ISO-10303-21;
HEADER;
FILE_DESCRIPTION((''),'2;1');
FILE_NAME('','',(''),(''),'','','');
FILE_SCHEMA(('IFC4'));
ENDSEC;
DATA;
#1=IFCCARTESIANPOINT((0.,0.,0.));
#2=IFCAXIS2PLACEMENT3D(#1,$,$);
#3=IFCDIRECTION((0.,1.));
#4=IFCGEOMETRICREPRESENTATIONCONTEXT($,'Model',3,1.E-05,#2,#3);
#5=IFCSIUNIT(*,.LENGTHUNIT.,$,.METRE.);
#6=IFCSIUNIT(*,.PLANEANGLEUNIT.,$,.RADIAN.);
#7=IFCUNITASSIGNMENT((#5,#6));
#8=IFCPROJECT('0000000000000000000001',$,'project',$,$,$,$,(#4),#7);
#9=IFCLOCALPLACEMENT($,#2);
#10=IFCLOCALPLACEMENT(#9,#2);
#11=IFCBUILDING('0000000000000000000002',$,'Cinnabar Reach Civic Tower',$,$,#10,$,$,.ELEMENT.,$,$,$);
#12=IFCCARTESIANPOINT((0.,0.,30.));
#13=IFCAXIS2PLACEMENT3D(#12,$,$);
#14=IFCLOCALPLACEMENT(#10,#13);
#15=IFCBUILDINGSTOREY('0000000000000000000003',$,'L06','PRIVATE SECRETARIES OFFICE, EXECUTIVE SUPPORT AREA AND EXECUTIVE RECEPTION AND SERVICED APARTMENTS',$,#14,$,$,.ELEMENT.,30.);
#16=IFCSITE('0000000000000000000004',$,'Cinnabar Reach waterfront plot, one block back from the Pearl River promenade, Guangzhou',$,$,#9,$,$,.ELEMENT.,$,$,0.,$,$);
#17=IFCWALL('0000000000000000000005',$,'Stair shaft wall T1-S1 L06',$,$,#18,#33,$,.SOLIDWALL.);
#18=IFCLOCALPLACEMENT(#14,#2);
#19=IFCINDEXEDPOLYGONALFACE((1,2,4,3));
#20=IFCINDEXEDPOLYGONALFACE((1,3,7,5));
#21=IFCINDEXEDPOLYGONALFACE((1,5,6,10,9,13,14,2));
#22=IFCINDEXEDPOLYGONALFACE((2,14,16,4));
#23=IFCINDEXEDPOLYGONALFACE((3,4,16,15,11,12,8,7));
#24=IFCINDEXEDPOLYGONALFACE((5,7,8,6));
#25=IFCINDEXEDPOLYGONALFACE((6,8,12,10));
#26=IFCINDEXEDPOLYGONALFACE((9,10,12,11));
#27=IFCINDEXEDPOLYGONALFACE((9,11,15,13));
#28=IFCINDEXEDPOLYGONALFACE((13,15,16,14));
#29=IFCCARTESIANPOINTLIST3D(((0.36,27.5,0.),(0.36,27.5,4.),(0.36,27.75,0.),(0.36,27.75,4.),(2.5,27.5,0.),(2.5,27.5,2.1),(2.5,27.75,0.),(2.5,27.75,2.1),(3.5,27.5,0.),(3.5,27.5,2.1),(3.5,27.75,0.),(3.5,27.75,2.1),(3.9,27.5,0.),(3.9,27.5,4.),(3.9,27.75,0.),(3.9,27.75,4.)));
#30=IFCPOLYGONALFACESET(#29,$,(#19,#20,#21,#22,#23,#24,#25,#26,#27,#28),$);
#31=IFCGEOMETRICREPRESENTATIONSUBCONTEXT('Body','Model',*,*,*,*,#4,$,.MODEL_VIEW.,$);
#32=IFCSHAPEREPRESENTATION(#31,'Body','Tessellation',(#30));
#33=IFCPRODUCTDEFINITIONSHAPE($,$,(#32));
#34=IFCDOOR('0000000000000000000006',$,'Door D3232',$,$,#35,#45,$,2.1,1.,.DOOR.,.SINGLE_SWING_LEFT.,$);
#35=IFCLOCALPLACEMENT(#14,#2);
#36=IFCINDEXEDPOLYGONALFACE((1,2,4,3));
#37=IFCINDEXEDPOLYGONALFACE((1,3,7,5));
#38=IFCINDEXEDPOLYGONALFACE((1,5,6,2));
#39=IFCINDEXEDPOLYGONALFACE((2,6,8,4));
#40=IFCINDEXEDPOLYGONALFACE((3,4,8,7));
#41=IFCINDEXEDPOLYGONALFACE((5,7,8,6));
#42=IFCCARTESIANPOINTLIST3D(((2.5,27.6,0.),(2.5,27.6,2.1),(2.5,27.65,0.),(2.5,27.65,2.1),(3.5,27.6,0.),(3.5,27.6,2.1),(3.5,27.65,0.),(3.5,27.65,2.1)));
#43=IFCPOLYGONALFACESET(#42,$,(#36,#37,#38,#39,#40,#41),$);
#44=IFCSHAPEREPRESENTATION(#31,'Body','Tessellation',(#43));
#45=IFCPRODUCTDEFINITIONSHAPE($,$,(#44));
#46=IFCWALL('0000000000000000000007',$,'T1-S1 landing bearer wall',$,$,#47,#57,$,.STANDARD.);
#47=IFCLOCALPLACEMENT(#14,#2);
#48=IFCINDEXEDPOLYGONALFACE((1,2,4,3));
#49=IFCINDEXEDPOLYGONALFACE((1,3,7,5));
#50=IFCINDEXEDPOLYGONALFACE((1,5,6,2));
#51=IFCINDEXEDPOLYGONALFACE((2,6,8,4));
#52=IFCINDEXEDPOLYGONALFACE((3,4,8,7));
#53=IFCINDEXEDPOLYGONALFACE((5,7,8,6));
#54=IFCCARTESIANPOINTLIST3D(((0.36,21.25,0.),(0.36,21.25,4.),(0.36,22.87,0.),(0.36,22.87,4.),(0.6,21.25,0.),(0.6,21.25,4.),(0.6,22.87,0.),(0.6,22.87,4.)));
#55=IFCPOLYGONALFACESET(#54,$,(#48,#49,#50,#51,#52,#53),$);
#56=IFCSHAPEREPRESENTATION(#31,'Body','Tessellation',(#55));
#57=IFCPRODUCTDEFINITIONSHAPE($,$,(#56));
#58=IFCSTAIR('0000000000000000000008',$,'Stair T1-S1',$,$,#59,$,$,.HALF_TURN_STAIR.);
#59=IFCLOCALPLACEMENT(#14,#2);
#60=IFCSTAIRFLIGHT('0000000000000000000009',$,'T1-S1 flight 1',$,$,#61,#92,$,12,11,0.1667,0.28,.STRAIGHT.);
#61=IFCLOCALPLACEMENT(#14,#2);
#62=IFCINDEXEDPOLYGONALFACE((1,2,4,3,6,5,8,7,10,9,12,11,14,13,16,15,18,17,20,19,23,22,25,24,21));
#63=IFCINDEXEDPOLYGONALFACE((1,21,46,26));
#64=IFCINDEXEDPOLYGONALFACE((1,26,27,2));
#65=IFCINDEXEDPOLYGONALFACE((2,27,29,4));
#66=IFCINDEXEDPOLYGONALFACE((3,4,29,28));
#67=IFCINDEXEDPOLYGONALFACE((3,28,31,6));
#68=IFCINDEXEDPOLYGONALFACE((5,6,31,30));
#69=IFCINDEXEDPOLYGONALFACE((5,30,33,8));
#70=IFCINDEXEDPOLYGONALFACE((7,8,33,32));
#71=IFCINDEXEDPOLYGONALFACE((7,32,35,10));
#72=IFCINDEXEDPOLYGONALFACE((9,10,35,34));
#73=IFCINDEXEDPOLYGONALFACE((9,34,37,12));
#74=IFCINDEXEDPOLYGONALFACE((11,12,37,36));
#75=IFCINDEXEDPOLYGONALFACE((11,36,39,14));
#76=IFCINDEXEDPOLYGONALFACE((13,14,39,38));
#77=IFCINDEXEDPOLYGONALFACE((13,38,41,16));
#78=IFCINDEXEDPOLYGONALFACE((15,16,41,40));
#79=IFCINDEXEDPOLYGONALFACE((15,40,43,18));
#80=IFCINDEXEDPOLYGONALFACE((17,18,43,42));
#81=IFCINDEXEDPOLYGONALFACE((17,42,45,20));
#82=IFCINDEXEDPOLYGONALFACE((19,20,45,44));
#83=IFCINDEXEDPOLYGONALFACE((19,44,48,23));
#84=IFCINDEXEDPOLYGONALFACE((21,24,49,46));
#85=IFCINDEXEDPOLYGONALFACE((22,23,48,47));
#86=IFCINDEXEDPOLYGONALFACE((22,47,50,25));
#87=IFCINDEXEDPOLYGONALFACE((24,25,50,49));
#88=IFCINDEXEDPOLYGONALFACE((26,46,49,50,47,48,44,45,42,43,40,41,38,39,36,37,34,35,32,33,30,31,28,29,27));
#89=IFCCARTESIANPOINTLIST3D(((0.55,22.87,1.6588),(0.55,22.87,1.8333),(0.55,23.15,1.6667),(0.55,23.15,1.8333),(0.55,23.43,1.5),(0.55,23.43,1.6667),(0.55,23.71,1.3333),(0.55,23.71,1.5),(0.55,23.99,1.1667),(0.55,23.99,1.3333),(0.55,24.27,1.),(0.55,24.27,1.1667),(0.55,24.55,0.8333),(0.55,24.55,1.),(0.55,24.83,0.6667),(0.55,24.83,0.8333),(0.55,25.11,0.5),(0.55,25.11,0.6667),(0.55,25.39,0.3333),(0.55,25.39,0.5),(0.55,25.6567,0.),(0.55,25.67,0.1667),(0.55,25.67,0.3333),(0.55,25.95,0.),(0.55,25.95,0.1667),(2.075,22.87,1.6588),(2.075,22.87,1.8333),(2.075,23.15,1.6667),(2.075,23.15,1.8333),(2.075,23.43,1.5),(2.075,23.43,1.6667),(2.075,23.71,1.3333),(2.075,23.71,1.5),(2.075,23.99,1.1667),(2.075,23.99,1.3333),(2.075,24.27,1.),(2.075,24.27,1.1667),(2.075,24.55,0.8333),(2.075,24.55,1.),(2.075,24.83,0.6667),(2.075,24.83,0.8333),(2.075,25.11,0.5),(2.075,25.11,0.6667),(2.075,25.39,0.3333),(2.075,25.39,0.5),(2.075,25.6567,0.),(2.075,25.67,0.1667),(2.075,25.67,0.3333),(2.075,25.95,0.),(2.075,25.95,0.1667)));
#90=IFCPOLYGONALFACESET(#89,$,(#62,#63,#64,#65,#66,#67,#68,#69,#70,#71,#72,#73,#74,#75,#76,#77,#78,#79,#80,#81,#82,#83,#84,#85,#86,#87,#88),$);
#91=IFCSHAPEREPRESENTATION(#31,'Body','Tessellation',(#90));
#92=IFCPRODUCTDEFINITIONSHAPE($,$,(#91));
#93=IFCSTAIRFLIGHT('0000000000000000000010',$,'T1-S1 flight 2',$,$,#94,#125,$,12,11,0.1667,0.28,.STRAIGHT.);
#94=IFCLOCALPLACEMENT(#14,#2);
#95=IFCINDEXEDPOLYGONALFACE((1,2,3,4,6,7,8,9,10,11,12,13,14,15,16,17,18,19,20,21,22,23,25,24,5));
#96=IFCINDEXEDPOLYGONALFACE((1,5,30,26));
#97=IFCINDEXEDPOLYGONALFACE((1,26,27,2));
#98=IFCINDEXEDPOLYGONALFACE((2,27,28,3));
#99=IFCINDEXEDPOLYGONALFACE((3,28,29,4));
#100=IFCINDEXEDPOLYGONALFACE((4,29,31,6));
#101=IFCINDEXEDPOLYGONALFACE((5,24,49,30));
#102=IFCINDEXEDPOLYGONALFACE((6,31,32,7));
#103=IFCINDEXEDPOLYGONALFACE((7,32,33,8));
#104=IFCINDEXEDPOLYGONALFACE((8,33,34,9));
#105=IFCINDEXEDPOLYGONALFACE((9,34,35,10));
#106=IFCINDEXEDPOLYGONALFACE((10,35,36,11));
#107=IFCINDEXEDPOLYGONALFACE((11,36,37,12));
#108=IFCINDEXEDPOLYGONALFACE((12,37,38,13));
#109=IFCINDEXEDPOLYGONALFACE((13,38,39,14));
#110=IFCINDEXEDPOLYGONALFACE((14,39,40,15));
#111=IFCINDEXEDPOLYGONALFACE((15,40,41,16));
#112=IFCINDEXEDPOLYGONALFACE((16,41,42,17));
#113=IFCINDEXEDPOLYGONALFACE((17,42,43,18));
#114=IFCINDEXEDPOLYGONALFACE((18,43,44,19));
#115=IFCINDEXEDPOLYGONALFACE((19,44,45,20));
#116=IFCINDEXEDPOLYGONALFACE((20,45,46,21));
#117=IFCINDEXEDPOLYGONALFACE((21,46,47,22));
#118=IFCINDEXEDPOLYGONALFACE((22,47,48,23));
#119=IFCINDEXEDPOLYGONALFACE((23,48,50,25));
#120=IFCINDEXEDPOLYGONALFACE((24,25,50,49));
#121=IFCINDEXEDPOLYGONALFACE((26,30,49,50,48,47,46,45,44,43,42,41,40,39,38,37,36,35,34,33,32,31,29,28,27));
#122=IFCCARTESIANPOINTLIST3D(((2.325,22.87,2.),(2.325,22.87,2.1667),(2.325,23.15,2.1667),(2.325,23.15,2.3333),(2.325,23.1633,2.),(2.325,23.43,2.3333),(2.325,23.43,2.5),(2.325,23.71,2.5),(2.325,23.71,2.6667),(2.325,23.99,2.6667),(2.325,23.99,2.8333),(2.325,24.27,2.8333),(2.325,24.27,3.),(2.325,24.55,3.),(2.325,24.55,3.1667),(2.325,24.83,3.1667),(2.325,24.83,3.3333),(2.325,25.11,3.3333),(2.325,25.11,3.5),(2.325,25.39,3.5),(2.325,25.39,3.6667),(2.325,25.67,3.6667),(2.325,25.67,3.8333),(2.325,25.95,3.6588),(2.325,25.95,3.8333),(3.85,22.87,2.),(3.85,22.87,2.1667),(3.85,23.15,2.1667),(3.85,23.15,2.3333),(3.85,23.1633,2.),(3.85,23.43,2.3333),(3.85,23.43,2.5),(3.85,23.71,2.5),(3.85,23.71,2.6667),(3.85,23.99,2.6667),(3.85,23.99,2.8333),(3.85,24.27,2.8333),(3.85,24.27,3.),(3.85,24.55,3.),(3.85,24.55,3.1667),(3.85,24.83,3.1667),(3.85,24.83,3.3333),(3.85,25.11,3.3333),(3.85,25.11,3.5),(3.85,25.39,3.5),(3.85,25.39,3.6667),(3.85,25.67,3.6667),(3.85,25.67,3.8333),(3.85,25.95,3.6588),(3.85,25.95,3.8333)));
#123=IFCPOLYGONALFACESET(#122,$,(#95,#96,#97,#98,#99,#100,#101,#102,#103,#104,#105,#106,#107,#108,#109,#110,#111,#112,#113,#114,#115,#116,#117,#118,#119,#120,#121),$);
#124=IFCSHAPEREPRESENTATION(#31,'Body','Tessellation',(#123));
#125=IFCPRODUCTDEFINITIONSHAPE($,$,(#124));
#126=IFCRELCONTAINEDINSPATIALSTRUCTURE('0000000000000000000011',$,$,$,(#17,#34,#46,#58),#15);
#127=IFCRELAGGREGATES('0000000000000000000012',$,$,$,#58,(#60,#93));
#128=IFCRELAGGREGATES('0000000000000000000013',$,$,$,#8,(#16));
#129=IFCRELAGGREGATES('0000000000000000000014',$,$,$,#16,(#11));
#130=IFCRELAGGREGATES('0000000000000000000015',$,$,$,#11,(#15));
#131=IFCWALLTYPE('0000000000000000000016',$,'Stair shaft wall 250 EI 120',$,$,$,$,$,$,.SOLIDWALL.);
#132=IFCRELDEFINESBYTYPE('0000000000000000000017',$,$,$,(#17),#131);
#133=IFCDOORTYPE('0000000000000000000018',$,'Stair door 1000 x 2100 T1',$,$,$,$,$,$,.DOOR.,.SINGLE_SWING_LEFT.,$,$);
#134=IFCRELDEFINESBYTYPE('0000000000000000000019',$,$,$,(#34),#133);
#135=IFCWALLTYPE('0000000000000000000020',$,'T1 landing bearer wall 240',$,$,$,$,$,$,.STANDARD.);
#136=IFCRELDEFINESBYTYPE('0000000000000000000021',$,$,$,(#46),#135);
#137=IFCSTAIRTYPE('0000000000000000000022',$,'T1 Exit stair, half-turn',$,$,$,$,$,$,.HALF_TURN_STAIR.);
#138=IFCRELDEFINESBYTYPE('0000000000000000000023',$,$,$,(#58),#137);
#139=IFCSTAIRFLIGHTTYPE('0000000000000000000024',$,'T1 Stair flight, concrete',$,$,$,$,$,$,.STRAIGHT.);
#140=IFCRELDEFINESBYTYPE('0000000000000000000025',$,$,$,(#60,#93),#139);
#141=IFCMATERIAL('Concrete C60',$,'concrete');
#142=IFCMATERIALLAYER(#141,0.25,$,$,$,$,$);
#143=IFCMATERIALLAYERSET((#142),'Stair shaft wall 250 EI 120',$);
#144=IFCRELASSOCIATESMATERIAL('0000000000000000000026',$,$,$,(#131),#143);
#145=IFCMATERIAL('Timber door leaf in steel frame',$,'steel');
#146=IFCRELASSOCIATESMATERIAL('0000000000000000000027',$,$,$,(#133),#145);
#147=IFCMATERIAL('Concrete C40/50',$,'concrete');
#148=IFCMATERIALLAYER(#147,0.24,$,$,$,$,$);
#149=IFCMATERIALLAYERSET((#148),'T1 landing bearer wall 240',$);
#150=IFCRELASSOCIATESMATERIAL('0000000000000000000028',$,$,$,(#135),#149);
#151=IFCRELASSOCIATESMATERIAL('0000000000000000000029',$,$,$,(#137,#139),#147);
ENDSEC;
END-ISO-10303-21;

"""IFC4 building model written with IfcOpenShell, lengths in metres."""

from ifc_helpers import new_model, si_unit, direction, frame, frame_2d, origin, place, context, subcontext, project, spatial, polyline, rectangle, outline, extrude, material, layer, layer_set, type_object, element, fill, aggregate, save


model = new_model("IFC4")

# Units and contexts
model_context = context("Model", 3, precision=1e-05, world=origin(), true_north=direction((0.0, 1.0)))
body_context = subcontext(model_context, "Body", "Model", "MODEL_VIEW")
ifc_project = project(units=[si_unit("LENGTHUNIT", "METRE"), si_unit("PLANEANGLEUNIT", "RADIAN")], contexts=[model_context])

# Site, building, storey
site_placement = place(None, origin())
site = spatial("IfcSite", under=ifc_project, at=site_placement, Name="Cinnabar Reach waterfront plot, one block back from the Pearl River promenade, Guangzhou", CompositionType="ELEMENT", RefElevation=0.0)
building_placement = place(site_placement, origin())
building = spatial("IfcBuilding", under=site, at=building_placement, Name="Cinnabar Reach Civic Tower", CompositionType="ELEMENT")
storey_placement = place(building_placement, frame((0.0, 0.0, 30.0)))
storey = spatial("IfcBuildingStorey", under=building, at=storey_placement, Name="L06", Description="PRIVATE SECRETARIES OFFICE, EXECUTIVE SUPPORT AREA AND EXECUTIVE RECEPTION AND SERVICED APARTMENTS", CompositionType="ELEMENT", Elevation=30.0)

# Shared definitions
ifc_material_1 = material(Name="Concrete C60", Category="concrete")
ifc_layer_1 = layer(ifc_material_1, 0.25)
ifc_layer_set_1 = layer_set([ifc_layer_1], Name="Stair shaft wall 250 EI 120")
wall_type_1 = type_object("IfcWallType", Name="Stair shaft wall 250 EI 120", PredefinedType="SOLIDWALL", material=ifc_layer_set_1)

# Wall, opening, door
wall_1_placement = place(storey_placement, frame((3.9, 27.625, 0.0), z_axis=(0.0, 0.0, 1.0), x_axis=(-1.0, 0.0, 0.0)))
wall_1 = element("IfcWall", 1, at=wall_1_placement, inside=storey, type_object=wall_type_1, Name="Stair shaft wall T1-S1 L06", PredefinedType="SOLIDWALL", context=body_context, shape_type="SweptSolid", body=[
    extrude(rectangle(XDim=3.54, YDim=0.25, at=frame_2d((1.77, 0.0))), origin(), (0.0, 0.0, 1.0), 4.0),
])
opening_1_placement = place(wall_1_placement, frame((0.4, 0.0, 0.0)))
opening_1 = element("IfcOpeningElement", 2, at=opening_1_placement, cuts=wall_1, PredefinedType="OPENING", context=body_context, shape_type="SweptSolid", body=[
    extrude(rectangle(XDim=1.0, YDim=2.1, at=frame_2d((0.5, 1.05))), frame((0.0, 0.135, 0.0), z_axis=(0.0, -1.0, 0.0), x_axis=(1.0, 0.0, 0.0)), (0.0, 0.0, 1.0), 0.27),
])
ifc_material_2 = material(Name="Timber door leaf in steel frame", Category="steel")
door_type_1 = type_object("IfcDoorType", Name="Stair door 1000 x 2100 T1", OperationType="SINGLE_SWING_LEFT", PredefinedType="DOOR", material=ifc_material_2)
door_1_placement = place(opening_1_placement, origin())
door_1 = element("IfcDoor", 3, at=door_1_placement, inside=storey, type_object=door_type_1, Name="Door D3232", OperationType="SINGLE_SWING_LEFT", OverallHeight=2.1, OverallWidth=1.0, PredefinedType="DOOR", context=body_context, shape_type="SweptSolid", body=[
    extrude(rectangle(XDim=1.0, YDim=2.1, at=frame_2d((0.5, 1.05))), frame((0.0, 0.025, 0.0), z_axis=(0.0, -1.0, 0.0), x_axis=(1.0, 0.0, 0.0)), (0.0, 0.0, 1.0), 0.05),
])
fill(opening_1, door_1)

# Wall
ifc_material_3 = material(Name="Concrete C40/50", Category="concrete")
ifc_layer_2 = layer(ifc_material_3, 0.24)
ifc_layer_set_2 = layer_set([ifc_layer_2], Name="T1 landing bearer wall 240")
wall_type_2 = type_object("IfcWallType", Name="T1 landing bearer wall 240", PredefinedType="STANDARD", material=ifc_layer_set_2)
wall_2_placement = place(storey_placement, frame((0.48, 21.25, 0.0), z_axis=(0.0, 0.0, 1.0), x_axis=(0.0, 1.0, 0.0)))
element("IfcWall", 4, at=wall_2_placement, inside=storey, type_object=wall_type_2, Name="T1-S1 landing bearer wall", PredefinedType="STANDARD", context=body_context, shape_type="SweptSolid", body=[
    extrude(rectangle(XDim=1.62, YDim=0.24, at=frame_2d((0.81, 0.0))), origin(), (0.0, 0.0, 1.0), 4.0),
])

# Stair, stair flights
stair_type = type_object("IfcStairType", Name="T1 Exit stair, half-turn", PredefinedType="HALF_TURN_STAIR", material=ifc_material_3)
stair_placement = place(storey_placement, origin())
stair = element("IfcStair", 5, at=stair_placement, inside=storey, type_object=stair_type, Name="Stair T1-S1", PredefinedType="HALF_TURN_STAIR")
stair_flight_type = type_object("IfcStairFlightType", Name="T1 Stair flight, concrete", PredefinedType="STRAIGHT", material=ifc_material_3)
stair_flight_1_placement = place(storey_placement, frame((1.3125, 25.95, 0.0), z_axis=(0.0, 0.0, 1.0), x_axis=(0.0, -1.0, 0.0)))
stair_flight_1 = element("IfcStairFlight", 6, at=stair_flight_1_placement, type_object=stair_flight_type, Name="T1-S1 flight 1", NumberOfRisers=12, NumberOfTreads=11, PredefinedType="STRAIGHT", RiserHeight=0.1667, TreadLength=0.28, context=body_context, shape_type="SweptSolid", body=[
    extrude(outline(polyline([(0.0, 0.0), (0.0, 0.1667), (0.28, 0.1667), (0.28, 0.3333), (0.56, 0.3333), (0.56, 0.5), (0.84, 0.5), (0.84, 0.6667), (1.12, 0.6667), (1.12, 0.8333), (1.4, 0.8333), (1.4, 1.0), (1.68, 1.0), (1.68, 1.1667), (1.96, 1.1667), (1.96, 1.3333), (2.24, 1.3333), (2.24, 1.5), (2.52, 1.5), (2.52, 1.6667), (2.8, 1.6667), (2.8, 1.8333), (3.08, 1.8333), (3.08, 2.0), (3.08, 1.6588), (0.2933, 0.0), (0.0, 0.0)])), frame((0.0, 0.7625, 0.0), z_axis=(0.0, -1.0, 0.0), x_axis=(1.0, 0.0, 0.0)), (0.0, 0.0, 1.0), 1.525),
])
stair_flight_2_placement = place(storey_placement, frame((3.0875, 22.87, 2.0), z_axis=(0.0, 0.0, 1.0), x_axis=(0.0, 1.0, 0.0)))
stair_flight_2 = element("IfcStairFlight", 7, at=stair_flight_2_placement, type_object=stair_flight_type, Name="T1-S1 flight 2", NumberOfRisers=12, NumberOfTreads=11, PredefinedType="STRAIGHT", RiserHeight=0.1667, TreadLength=0.28, context=body_context, shape_type="SweptSolid", body=[
    extrude(outline(polyline([(0.0, 0.0), (0.0, 0.1667), (0.28, 0.1667), (0.28, 0.3333), (0.56, 0.3333), (0.56, 0.5), (0.84, 0.5), (0.84, 0.6667), (1.12, 0.6667), (1.12, 0.8333), (1.4, 0.8333), (1.4, 1.0), (1.68, 1.0), (1.68, 1.1667), (1.96, 1.1667), (1.96, 1.3333), (2.24, 1.3333), (2.24, 1.5), (2.52, 1.5), (2.52, 1.6667), (2.8, 1.6667), (2.8, 1.8333), (3.08, 1.8333), (3.08, 2.0), (3.08, 1.6588), (0.2933, 0.0), (0.0, 0.0)])), frame((0.0, 0.7625, 0.0), z_axis=(0.0, -1.0, 0.0), x_axis=(1.0, 0.0, 0.0)), (0.0, 0.0, 1.0), 1.525),
])
aggregate(stair, [stair_flight_1, stair_flight_2])

save(model, "model.ifc")
